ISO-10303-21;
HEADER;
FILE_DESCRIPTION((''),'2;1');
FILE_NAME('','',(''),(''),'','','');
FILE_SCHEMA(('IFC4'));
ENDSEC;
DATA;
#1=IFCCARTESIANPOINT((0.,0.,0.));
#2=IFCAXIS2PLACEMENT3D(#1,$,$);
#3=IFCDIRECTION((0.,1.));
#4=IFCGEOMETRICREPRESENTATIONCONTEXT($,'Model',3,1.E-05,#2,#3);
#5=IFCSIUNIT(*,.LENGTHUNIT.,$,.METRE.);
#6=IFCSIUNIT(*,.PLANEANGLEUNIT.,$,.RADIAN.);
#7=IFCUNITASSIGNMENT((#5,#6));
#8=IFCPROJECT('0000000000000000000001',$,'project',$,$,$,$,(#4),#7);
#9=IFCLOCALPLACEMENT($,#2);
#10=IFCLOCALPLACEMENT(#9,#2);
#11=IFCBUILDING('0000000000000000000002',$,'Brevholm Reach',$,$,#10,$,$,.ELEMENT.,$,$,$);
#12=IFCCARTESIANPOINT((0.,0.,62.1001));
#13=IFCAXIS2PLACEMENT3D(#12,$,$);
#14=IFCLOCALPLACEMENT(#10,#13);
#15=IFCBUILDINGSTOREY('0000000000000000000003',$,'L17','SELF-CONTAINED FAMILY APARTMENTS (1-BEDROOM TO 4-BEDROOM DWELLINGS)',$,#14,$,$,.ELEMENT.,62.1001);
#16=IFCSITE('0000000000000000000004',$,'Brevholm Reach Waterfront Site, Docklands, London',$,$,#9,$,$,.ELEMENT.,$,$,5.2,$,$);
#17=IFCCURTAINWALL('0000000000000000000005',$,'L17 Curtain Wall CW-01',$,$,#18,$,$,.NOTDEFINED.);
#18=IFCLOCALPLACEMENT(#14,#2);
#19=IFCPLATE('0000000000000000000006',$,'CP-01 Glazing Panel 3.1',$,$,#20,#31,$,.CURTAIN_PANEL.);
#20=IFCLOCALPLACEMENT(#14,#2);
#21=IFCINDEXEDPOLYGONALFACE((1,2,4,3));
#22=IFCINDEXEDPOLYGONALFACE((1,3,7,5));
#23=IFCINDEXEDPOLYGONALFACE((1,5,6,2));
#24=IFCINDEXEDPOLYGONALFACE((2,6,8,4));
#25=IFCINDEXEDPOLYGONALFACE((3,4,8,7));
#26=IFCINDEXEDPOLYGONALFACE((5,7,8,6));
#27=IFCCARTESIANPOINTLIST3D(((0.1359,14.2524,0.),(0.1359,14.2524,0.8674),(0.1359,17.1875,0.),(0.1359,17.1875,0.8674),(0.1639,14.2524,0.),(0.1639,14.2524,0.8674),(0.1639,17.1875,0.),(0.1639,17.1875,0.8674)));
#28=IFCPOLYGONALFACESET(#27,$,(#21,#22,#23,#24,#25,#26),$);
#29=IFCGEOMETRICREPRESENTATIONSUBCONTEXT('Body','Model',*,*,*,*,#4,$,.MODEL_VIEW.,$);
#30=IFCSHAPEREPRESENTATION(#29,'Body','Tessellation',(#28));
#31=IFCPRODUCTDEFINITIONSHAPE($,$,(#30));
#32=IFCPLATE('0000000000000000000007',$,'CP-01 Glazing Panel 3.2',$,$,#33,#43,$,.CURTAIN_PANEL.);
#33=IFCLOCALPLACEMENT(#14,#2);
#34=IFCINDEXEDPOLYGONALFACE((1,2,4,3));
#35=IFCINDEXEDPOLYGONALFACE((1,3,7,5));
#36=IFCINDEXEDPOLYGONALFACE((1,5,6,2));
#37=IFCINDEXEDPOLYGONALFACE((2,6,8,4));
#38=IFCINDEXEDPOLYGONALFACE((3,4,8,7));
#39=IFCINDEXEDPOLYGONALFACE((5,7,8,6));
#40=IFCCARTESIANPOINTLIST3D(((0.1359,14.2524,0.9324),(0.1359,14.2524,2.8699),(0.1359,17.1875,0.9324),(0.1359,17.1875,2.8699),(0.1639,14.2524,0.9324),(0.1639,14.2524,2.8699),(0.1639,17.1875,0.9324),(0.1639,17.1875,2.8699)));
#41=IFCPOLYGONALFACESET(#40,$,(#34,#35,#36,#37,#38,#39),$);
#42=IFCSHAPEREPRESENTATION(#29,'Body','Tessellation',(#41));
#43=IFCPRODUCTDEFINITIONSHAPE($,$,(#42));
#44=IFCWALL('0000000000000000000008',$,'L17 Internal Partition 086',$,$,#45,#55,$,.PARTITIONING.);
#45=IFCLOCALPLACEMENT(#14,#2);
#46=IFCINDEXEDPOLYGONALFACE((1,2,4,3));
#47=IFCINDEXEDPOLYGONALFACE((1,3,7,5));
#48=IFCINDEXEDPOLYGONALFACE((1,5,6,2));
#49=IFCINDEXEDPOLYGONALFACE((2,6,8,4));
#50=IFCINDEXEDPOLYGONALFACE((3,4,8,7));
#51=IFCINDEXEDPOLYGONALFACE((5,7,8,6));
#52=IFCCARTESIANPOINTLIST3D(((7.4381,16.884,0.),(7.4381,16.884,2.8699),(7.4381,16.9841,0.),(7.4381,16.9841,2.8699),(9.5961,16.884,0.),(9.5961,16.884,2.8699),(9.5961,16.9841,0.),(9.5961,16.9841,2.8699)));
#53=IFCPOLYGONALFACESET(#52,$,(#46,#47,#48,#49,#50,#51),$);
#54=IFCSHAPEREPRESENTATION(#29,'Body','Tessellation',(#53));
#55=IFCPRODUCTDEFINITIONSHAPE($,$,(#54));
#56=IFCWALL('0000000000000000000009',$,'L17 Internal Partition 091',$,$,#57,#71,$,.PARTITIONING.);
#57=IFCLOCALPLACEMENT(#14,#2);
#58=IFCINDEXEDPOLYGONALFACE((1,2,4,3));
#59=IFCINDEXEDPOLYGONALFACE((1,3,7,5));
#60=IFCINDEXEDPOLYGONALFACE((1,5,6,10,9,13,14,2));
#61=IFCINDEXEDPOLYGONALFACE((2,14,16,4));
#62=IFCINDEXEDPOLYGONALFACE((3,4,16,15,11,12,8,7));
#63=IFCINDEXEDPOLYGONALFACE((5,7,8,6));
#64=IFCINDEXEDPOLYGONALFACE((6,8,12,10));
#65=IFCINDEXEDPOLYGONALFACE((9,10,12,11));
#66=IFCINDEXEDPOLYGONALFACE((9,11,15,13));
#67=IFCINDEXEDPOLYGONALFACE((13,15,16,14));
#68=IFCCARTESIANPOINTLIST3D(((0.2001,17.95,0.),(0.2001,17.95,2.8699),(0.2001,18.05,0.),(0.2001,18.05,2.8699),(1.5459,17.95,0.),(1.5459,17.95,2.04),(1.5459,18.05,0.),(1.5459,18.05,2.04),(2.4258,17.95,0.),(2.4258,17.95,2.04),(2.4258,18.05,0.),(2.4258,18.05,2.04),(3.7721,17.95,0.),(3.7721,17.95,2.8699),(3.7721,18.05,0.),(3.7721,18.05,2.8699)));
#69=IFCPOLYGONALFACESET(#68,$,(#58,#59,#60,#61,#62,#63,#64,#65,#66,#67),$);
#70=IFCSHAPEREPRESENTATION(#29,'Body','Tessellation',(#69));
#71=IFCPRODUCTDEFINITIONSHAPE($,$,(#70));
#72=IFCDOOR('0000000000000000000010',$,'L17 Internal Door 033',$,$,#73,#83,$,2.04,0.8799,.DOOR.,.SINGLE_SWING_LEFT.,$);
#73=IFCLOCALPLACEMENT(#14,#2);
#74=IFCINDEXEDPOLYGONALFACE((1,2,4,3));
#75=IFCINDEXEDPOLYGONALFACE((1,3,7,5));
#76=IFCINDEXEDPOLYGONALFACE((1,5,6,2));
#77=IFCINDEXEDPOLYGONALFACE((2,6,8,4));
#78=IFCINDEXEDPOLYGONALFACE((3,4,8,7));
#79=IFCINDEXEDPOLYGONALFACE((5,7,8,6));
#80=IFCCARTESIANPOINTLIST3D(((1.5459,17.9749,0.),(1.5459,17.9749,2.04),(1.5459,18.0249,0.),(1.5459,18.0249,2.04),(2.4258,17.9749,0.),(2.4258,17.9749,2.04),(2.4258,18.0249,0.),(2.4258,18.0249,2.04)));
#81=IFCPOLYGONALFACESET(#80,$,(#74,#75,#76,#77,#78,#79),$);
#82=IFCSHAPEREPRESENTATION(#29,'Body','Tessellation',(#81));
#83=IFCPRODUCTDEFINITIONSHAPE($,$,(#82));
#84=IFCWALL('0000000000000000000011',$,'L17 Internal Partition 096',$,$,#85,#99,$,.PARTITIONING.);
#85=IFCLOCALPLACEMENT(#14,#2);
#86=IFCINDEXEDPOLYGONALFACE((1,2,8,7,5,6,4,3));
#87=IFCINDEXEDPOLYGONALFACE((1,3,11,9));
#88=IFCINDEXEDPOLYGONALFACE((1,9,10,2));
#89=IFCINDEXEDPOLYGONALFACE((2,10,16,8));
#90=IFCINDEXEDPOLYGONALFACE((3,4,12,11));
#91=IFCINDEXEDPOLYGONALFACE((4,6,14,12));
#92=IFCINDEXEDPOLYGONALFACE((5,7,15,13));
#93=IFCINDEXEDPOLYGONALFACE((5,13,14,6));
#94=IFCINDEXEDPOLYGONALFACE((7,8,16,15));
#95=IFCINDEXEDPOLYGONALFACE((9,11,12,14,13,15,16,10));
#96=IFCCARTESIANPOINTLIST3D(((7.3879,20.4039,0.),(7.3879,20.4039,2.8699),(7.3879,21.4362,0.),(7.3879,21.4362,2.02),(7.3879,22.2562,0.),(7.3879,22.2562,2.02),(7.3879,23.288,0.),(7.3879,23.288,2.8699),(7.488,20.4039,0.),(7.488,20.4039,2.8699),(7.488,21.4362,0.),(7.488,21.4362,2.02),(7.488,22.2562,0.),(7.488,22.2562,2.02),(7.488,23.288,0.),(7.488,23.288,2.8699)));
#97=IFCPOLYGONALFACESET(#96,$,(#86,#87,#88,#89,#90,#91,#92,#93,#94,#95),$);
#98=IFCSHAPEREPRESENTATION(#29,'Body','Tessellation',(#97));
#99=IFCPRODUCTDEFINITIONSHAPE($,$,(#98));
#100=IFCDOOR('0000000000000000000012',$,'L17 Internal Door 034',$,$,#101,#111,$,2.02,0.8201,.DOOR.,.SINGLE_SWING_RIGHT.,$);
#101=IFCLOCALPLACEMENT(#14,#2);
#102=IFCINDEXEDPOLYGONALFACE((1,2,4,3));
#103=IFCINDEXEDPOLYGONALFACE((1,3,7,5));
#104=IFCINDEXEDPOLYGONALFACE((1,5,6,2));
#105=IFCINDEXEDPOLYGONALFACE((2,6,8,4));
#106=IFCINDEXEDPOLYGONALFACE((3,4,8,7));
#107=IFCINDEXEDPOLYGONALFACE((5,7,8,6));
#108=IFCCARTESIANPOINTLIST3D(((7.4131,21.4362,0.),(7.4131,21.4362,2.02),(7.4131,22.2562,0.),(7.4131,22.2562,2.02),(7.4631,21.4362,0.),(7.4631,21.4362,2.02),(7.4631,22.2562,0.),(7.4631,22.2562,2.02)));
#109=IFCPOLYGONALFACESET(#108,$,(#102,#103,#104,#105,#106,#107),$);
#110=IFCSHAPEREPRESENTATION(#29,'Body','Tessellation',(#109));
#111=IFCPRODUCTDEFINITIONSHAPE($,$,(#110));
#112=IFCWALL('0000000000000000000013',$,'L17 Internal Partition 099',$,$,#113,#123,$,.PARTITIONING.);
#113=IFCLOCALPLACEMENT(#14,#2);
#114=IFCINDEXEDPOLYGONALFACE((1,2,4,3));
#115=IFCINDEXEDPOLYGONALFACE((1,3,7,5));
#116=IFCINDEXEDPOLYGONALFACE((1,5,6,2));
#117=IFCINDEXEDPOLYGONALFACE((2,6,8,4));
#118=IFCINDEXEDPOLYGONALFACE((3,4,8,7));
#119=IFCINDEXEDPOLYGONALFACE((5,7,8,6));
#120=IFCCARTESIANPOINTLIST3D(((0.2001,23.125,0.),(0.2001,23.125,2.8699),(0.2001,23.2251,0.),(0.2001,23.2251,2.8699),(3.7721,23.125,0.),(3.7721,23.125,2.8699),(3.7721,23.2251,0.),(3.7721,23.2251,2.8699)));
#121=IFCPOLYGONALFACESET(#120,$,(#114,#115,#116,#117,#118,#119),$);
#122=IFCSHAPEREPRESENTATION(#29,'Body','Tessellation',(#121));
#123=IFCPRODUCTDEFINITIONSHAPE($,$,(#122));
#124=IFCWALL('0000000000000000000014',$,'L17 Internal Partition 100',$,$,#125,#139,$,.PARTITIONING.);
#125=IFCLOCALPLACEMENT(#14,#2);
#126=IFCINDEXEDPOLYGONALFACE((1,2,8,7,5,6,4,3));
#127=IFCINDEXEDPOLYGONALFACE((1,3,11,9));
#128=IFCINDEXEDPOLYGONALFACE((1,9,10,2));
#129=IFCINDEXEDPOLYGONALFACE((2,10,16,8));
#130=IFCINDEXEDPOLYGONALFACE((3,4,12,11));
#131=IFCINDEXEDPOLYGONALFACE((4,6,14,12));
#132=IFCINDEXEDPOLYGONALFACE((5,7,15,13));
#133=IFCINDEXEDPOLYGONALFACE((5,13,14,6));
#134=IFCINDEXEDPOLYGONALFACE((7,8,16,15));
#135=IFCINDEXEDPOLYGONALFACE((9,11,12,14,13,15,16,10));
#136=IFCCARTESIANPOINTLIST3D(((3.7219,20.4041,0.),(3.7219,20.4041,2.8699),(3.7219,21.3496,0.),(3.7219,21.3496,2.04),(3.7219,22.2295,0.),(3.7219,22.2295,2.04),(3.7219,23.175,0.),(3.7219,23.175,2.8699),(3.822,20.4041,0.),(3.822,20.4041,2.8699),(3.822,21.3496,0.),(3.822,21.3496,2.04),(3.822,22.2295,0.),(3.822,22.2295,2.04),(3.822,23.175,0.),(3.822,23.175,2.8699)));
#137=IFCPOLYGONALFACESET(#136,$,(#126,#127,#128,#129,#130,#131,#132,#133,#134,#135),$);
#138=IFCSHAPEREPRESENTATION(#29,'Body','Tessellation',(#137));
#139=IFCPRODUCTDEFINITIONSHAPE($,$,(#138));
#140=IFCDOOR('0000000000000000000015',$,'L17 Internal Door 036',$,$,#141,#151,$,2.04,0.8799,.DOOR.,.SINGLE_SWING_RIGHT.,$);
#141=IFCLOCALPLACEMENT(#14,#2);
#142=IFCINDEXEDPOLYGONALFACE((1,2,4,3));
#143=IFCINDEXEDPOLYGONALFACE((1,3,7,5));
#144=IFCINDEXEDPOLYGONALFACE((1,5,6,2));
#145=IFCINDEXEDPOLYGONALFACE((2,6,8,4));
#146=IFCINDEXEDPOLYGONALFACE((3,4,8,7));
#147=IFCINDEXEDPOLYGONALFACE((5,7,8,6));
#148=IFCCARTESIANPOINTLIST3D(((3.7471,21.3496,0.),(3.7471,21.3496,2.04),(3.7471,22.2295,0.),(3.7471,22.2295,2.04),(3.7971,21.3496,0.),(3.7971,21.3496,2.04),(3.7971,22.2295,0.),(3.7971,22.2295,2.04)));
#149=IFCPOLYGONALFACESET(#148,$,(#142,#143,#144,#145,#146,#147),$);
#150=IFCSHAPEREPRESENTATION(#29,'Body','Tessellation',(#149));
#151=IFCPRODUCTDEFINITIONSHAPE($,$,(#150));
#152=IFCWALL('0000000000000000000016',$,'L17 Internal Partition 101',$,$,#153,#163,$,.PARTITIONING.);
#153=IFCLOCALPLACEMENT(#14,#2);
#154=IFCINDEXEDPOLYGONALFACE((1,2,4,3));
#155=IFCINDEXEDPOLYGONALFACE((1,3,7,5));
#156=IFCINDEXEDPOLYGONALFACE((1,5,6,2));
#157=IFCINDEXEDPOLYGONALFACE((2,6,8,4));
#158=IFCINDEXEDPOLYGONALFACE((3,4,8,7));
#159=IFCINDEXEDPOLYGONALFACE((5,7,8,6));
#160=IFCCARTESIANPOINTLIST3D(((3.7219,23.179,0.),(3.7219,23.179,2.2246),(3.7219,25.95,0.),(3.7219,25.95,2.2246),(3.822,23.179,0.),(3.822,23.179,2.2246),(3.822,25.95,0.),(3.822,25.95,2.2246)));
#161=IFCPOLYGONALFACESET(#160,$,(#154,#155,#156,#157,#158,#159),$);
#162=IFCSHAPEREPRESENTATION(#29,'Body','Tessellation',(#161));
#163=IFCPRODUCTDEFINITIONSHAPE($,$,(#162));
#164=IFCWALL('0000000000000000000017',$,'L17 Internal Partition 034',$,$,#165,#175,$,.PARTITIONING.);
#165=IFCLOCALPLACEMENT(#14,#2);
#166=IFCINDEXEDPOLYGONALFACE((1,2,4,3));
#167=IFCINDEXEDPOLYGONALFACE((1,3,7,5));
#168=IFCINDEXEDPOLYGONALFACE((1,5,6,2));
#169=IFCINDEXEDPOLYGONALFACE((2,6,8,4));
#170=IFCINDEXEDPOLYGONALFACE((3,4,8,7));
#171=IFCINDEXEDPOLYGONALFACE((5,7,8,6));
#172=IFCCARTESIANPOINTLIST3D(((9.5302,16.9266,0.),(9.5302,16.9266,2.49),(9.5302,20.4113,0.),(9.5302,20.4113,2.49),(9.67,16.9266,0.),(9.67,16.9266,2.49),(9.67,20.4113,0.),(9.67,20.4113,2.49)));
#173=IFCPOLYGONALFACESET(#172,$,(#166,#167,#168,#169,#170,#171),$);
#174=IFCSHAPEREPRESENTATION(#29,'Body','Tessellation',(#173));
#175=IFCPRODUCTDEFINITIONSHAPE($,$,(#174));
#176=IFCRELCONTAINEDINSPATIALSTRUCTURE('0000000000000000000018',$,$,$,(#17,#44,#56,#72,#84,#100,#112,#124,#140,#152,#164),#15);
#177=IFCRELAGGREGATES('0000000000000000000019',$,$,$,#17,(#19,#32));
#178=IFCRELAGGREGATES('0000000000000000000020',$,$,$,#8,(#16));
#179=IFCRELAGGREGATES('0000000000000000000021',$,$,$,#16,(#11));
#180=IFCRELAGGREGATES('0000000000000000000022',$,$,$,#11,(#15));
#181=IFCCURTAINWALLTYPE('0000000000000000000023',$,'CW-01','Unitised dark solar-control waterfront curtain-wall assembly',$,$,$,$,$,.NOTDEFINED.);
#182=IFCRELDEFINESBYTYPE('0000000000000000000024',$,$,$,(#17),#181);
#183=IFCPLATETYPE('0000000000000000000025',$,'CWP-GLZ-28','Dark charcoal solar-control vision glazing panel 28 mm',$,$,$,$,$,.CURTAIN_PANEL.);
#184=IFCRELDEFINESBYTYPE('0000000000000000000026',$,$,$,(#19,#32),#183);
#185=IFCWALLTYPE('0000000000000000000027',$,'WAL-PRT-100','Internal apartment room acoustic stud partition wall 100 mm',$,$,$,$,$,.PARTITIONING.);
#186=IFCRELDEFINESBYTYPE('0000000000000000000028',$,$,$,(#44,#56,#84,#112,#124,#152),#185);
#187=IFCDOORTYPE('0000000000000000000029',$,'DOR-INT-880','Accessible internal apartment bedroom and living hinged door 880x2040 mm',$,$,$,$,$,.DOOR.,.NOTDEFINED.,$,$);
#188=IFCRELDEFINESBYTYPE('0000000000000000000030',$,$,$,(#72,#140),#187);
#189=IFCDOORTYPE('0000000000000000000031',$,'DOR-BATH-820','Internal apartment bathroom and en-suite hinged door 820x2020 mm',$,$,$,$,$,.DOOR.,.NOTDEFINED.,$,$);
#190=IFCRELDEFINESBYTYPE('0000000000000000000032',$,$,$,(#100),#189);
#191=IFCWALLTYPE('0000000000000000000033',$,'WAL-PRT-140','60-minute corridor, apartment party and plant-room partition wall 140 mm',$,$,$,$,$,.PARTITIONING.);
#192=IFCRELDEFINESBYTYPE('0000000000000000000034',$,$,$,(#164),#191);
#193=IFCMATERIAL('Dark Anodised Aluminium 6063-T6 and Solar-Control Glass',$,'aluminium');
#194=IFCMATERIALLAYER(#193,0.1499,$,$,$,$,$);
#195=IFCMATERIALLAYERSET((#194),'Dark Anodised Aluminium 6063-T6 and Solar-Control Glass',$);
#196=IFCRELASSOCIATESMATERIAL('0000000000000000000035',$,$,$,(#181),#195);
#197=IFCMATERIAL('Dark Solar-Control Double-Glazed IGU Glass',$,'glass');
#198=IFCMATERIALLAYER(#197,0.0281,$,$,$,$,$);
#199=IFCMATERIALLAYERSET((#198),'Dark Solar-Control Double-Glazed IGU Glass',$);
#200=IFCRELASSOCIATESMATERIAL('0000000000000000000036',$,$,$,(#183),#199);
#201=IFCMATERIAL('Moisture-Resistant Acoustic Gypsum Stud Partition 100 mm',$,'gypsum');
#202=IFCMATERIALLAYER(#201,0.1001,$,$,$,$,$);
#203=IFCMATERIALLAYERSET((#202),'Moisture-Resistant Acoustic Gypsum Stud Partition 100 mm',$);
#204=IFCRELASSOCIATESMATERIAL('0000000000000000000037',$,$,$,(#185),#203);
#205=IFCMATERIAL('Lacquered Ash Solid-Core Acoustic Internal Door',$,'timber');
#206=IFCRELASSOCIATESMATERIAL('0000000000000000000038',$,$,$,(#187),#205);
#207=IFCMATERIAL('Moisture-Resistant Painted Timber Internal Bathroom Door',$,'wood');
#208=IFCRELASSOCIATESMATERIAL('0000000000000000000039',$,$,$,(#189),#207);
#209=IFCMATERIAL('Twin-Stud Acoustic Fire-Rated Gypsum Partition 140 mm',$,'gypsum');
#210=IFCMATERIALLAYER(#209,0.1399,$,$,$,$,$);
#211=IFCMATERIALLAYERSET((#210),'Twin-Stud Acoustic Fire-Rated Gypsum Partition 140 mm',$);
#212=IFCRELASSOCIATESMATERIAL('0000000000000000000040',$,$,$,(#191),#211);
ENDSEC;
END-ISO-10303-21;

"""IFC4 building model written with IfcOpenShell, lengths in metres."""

from ifc_helpers import new_model, si_unit, direction, frame, frame_2d, origin, origin_2d, place, context, subcontext, project, spatial, rectangle, extrude, material, layer, layer_set, type_object, element, fill, aggregate, save


model = new_model("IFC4")

# Units and contexts
model_context = context("Model", 3, precision=1e-05, world=origin(), true_north=direction((0.0, 1.0)))
body_context = subcontext(model_context, "Body", "Model", "MODEL_VIEW")
ifc_project = project(units=[si_unit("LENGTHUNIT", "METRE"), si_unit("PLANEANGLEUNIT", "RADIAN")], contexts=[model_context])

# Site, building, storey
site_placement = place(None, origin())
site = spatial("IfcSite", under=ifc_project, at=site_placement, Name="Brevholm Reach Waterfront Site, Docklands, London", CompositionType="ELEMENT", RefElevation=5.2)
building_placement = place(site_placement, origin())
building = spatial("IfcBuilding", under=site, at=building_placement, Name="Brevholm Reach", CompositionType="ELEMENT")
storey_placement = place(building_placement, frame((0.0, 0.0, 62.1001)))
storey = spatial("IfcBuildingStorey", under=building, at=storey_placement, Name="L17", Description="SELF-CONTAINED FAMILY APARTMENTS (1-BEDROOM TO 4-BEDROOM DWELLINGS)", CompositionType="ELEMENT", Elevation=62.1001)

# Curtain wall, plates
ifc_material_1 = material(Name="Dark Anodised Aluminium 6063-T6 and Solar-Control Glass", Category="aluminium")
ifc_layer_1 = layer(ifc_material_1, 0.1499)
ifc_layer_set_1 = layer_set([ifc_layer_1], Name="Dark Anodised Aluminium 6063-T6 and Solar-Control Glass")
curtain_wall_type = type_object("IfcCurtainWallType", Name="CW-01", Description="Unitised dark solar-control waterfront curtain-wall assembly", PredefinedType="NOTDEFINED", material=ifc_layer_set_1)
curtain_wall_placement = place(storey_placement, origin())
curtain_wall = element("IfcCurtainWall", 1, at=curtain_wall_placement, inside=storey, type_object=curtain_wall_type, Name="L17 Curtain Wall CW-01", PredefinedType="NOTDEFINED")
ifc_material_2 = material(Name="Dark Solar-Control Double-Glazed IGU Glass", Category="glass")
ifc_layer_2 = layer(ifc_material_2, 0.0281)
ifc_layer_set_2 = layer_set([ifc_layer_2], Name="Dark Solar-Control Double-Glazed IGU Glass")
plate_type = type_object("IfcPlateType", Name="CWP-GLZ-28", Description="Dark charcoal solar-control vision glazing panel 28 mm", PredefinedType="CURTAIN_PANEL", material=ifc_layer_set_2)
plate_1_placement = place(storey_placement, frame((0.1499, 15.72, 0.0), z_axis=(0.0, 0.0, 1.0), x_axis=(0.0, -1.0, 0.0)))
plate_1 = element("IfcPlate", 2, at=plate_1_placement, type_object=plate_type, Name="CP-01 Glazing Panel 3.1", PredefinedType="CURTAIN_PANEL", context=body_context, shape_type="SweptSolid", body=[
    extrude(rectangle(XDim=2.9351, YDim=0.0281, at=origin_2d()), origin(), (0.0, 0.0, 1.0), 0.8674),
])
plate_2_placement = place(storey_placement, frame((0.1499, 15.72, 0.9324), z_axis=(0.0, 0.0, 1.0), x_axis=(0.0, -1.0, 0.0)))
plate_2 = element("IfcPlate", 3, at=plate_2_placement, type_object=plate_type, Name="CP-01 Glazing Panel 3.2", PredefinedType="CURTAIN_PANEL", context=body_context, shape_type="SweptSolid", body=[
    extrude(rectangle(XDim=2.9351, YDim=0.0281, at=origin_2d()), origin(), (0.0, 0.0, 1.0), 1.9375),
])
aggregate(curtain_wall, [plate_1, plate_2])

# Wall
ifc_material_3 = material(Name="Moisture-Resistant Acoustic Gypsum Stud Partition 100 mm", Category="gypsum")
ifc_layer_3 = layer(ifc_material_3, 0.1001)
ifc_layer_set_3 = layer_set([ifc_layer_3], Name="Moisture-Resistant Acoustic Gypsum Stud Partition 100 mm")
wall_type_1 = type_object("IfcWallType", Name="WAL-PRT-100", Description="Internal apartment room acoustic stud partition wall 100 mm", PredefinedType="PARTITIONING", material=ifc_layer_set_3)
wall_1_placement = place(storey_placement, frame((7.438, 16.9341, 0.0), z_axis=(0.0, 0.0, 1.0), x_axis=(1.0, 0.0, 0.0)))
element("IfcWall", 4, at=wall_1_placement, inside=storey, type_object=wall_type_1, Name="L17 Internal Partition 086", PredefinedType="PARTITIONING", context=body_context, shape_type="SweptSolid", body=[
    extrude(rectangle(XDim=2.158, YDim=0.1001, at=frame_2d((1.0791, 0.0))), origin(), (0.0, 0.0, 1.0), 2.8699),
])

# Walls, openings, doors
wall_2_placement = place(storey_placement, frame((0.2, 18.0, 0.0), z_axis=(0.0, 0.0, 1.0), x_axis=(1.0, 0.0, 0.0)))
wall_2 = element("IfcWall", 5, at=wall_2_placement, inside=storey, type_object=wall_type_1, Name="L17 Internal Partition 091", PredefinedType="PARTITIONING", context=body_context, shape_type="SweptSolid", body=[
    extrude(rectangle(XDim=3.572, YDim=0.1001, at=frame_2d((1.7861, 0.0))), origin(), (0.0, 0.0, 1.0), 2.8699),
])
opening_1_placement = place(wall_2_placement, frame((1.3459, 0.0, 0.0)))
opening_1 = element("IfcOpeningElement", 6, at=opening_1_placement, cuts=wall_2, PredefinedType="OPENING", context=body_context, shape_type="SweptSolid", body=[
    extrude(rectangle(XDim=0.8799, YDim=2.04, at=frame_2d((0.4399, 1.02))), frame((0.0, 0.0601, 0.0), z_axis=(0.0, -1.0, 0.0), x_axis=(1.0, 0.0, 0.0)), (0.0, 0.0, 1.0), 0.1201),
])
ifc_material_4 = material(Name="Lacquered Ash Solid-Core Acoustic Internal Door", Category="timber")
door_type_1 = type_object("IfcDoorType", Name="DOR-INT-880", Description="Accessible internal apartment bedroom and living hinged door 880x2040 mm", OperationType="NOTDEFINED", PredefinedType="DOOR", material=ifc_material_4)
door_1_placement = place(opening_1_placement, origin())
door_1 = element("IfcDoor", 7, at=door_1_placement, inside=storey, type_object=door_type_1, Name="L17 Internal Door 033", OperationType="SINGLE_SWING_LEFT", OverallHeight=2.04, OverallWidth=0.8799, PredefinedType="DOOR", context=body_context, shape_type="SweptSolid", body=[
    extrude(rectangle(XDim=0.8799, YDim=2.04, at=frame_2d((0.4399, 1.02))), frame((0.0, 0.0249, 0.0), z_axis=(0.0, -1.0, 0.0), x_axis=(1.0, 0.0, 0.0)), (0.0, 0.0, 1.0), 0.05),
])
fill(opening_1, door_1)
wall_3_placement = place(storey_placement, frame((7.438, 20.4041, 0.0), z_axis=(0.0, 0.0, 1.0), x_axis=(0.0, 1.0, 0.0)))
wall_3 = element("IfcWall", 8, at=wall_3_placement, inside=storey, type_object=wall_type_1, Name="L17 Internal Partition 096", PredefinedType="PARTITIONING", context=body_context, shape_type="SweptSolid", body=[
    extrude(rectangle(XDim=2.884, YDim=0.1001, at=frame_2d((1.4419, 0.0))), origin(), (0.0, 0.0, 1.0), 2.8699),
])
opening_2_placement = place(wall_3_placement, frame((1.032, 0.0, 0.0)))
opening_2 = element("IfcOpeningElement", 9, at=opening_2_placement, cuts=wall_3, PredefinedType="OPENING", context=body_context, shape_type="SweptSolid", body=[
    extrude(rectangle(XDim=0.8201, YDim=2.02, at=frame_2d((0.4102, 1.01))), frame((0.0, 0.0601, 0.0), z_axis=(0.0, -1.0, 0.0), x_axis=(1.0, 0.0, 0.0)), (0.0, 0.0, 1.0), 0.1201),
])
ifc_material_5 = material(Name="Moisture-Resistant Painted Timber Internal Bathroom Door", Category="wood")
door_type_2 = type_object("IfcDoorType", Name="DOR-BATH-820", Description="Internal apartment bathroom and en-suite hinged door 820x2020 mm", OperationType="NOTDEFINED", PredefinedType="DOOR", material=ifc_material_5)
door_2_placement = place(opening_2_placement, origin())
door_2 = element("IfcDoor", 10, at=door_2_placement, inside=storey, type_object=door_type_2, Name="L17 Internal Door 034", OperationType="SINGLE_SWING_RIGHT", OverallHeight=2.02, OverallWidth=0.8201, PredefinedType="DOOR", context=body_context, shape_type="SweptSolid", body=[
    extrude(rectangle(XDim=0.8201, YDim=2.02, at=frame_2d((0.4102, 1.01))), frame((0.0, 0.0249, 0.0), z_axis=(0.0, -1.0, 0.0), x_axis=(1.0, 0.0, 0.0)), (0.0, 0.0, 1.0), 0.05),
])
fill(opening_2, door_2)

# Wall
wall_4_placement = place(storey_placement, frame((0.2, 23.175, 0.0), z_axis=(0.0, 0.0, 1.0), x_axis=(1.0, 0.0, 0.0)))
element("IfcWall", 11, at=wall_4_placement, inside=storey, type_object=wall_type_1, Name="L17 Internal Partition 099", PredefinedType="PARTITIONING", context=body_context, shape_type="SweptSolid", body=[
    extrude(rectangle(XDim=3.572, YDim=0.1001, at=frame_2d((1.7861, 0.0))), origin(), (0.0, 0.0, 1.0), 2.8699),
])

# Wall, opening, door
wall_5_placement = place(storey_placement, frame((3.772, 20.4041, 0.0), z_axis=(0.0, 0.0, 1.0), x_axis=(0.0, 1.0, 0.0)))
wall_5 = element("IfcWall", 12, at=wall_5_placement, inside=storey, type_object=wall_type_1, Name="L17 Internal Partition 100", PredefinedType="PARTITIONING", context=body_context, shape_type="SweptSolid", body=[
    extrude(rectangle(XDim=2.771, YDim=0.1001, at=frame_2d((1.3855, 0.0))), origin(), (0.0, 0.0, 1.0), 2.8699),
])
opening_3_placement = place(wall_5_placement, frame((0.9456, 0.0, 0.0)))
opening_3 = element("IfcOpeningElement", 13, at=opening_3_placement, cuts=wall_5, PredefinedType="OPENING", context=body_context, shape_type="SweptSolid", body=[
    extrude(rectangle(XDim=0.8799, YDim=2.04, at=frame_2d((0.4399, 1.02))), frame((0.0, 0.0601, 0.0), z_axis=(0.0, -1.0, 0.0), x_axis=(1.0, 0.0, 0.0)), (0.0, 0.0, 1.0), 0.1201),
])
door_3_placement = place(opening_3_placement, origin())
door_3 = element("IfcDoor", 14, at=door_3_placement, inside=storey, type_object=door_type_1, Name="L17 Internal Door 036", OperationType="SINGLE_SWING_RIGHT", OverallHeight=2.04, OverallWidth=0.8799, PredefinedType="DOOR", context=body_context, shape_type="SweptSolid", body=[
    extrude(rectangle(XDim=0.8799, YDim=2.04, at=frame_2d((0.4399, 1.02))), frame((0.0, 0.0249, 0.0), z_axis=(0.0, -1.0, 0.0), x_axis=(1.0, 0.0, 0.0)), (0.0, 0.0, 1.0), 0.05),
])
fill(opening_3, door_3)

# Walls
wall_6_placement = place(storey_placement, frame((3.772, 23.179, 0.0), z_axis=(0.0, 0.0, 1.0), x_axis=(0.0, 1.0, 0.0)))
element("IfcWall", 15, at=wall_6_placement, inside=storey, type_object=wall_type_1, Name="L17 Internal Partition 101", PredefinedType="PARTITIONING", context=body_context, shape_type="SweptSolid", body=[
    extrude(rectangle(XDim=2.771, YDim=0.1001, at=frame_2d((1.3855, 0.0))), origin(), (0.0, 0.0, 1.0), 2.2246),
])
ifc_material_6 = material(Name="Twin-Stud Acoustic Fire-Rated Gypsum Partition 140 mm", Category="gypsum")
ifc_layer_4 = layer(ifc_material_6, 0.1399)
ifc_layer_set_4 = layer_set([ifc_layer_4], Name="Twin-Stud Acoustic Fire-Rated Gypsum Partition 140 mm")
wall_type_2 = type_object("IfcWallType", Name="WAL-PRT-140", Description="60-minute corridor, apartment party and plant-room partition wall 140 mm", PredefinedType="PARTITIONING", material=ifc_layer_set_4)
wall_7_placement = place(storey_placement, frame((9.6001, 16.9268, 0.0), z_axis=(0.0, 0.0, 1.0), x_axis=(0.0, 1.0, 0.0)))
element("IfcWall", 16, at=wall_7_placement, inside=storey, type_object=wall_type_2, Name="L17 Internal Partition 034", PredefinedType="PARTITIONING", context=body_context, shape_type="SweptSolid", body=[
    extrude(rectangle(XDim=3.4846, YDim=0.1399, at=frame_2d((1.7422, 0.0))), origin(), (0.0, 0.0, 1.0), 2.49),
])

save(model, "model.ifc")
